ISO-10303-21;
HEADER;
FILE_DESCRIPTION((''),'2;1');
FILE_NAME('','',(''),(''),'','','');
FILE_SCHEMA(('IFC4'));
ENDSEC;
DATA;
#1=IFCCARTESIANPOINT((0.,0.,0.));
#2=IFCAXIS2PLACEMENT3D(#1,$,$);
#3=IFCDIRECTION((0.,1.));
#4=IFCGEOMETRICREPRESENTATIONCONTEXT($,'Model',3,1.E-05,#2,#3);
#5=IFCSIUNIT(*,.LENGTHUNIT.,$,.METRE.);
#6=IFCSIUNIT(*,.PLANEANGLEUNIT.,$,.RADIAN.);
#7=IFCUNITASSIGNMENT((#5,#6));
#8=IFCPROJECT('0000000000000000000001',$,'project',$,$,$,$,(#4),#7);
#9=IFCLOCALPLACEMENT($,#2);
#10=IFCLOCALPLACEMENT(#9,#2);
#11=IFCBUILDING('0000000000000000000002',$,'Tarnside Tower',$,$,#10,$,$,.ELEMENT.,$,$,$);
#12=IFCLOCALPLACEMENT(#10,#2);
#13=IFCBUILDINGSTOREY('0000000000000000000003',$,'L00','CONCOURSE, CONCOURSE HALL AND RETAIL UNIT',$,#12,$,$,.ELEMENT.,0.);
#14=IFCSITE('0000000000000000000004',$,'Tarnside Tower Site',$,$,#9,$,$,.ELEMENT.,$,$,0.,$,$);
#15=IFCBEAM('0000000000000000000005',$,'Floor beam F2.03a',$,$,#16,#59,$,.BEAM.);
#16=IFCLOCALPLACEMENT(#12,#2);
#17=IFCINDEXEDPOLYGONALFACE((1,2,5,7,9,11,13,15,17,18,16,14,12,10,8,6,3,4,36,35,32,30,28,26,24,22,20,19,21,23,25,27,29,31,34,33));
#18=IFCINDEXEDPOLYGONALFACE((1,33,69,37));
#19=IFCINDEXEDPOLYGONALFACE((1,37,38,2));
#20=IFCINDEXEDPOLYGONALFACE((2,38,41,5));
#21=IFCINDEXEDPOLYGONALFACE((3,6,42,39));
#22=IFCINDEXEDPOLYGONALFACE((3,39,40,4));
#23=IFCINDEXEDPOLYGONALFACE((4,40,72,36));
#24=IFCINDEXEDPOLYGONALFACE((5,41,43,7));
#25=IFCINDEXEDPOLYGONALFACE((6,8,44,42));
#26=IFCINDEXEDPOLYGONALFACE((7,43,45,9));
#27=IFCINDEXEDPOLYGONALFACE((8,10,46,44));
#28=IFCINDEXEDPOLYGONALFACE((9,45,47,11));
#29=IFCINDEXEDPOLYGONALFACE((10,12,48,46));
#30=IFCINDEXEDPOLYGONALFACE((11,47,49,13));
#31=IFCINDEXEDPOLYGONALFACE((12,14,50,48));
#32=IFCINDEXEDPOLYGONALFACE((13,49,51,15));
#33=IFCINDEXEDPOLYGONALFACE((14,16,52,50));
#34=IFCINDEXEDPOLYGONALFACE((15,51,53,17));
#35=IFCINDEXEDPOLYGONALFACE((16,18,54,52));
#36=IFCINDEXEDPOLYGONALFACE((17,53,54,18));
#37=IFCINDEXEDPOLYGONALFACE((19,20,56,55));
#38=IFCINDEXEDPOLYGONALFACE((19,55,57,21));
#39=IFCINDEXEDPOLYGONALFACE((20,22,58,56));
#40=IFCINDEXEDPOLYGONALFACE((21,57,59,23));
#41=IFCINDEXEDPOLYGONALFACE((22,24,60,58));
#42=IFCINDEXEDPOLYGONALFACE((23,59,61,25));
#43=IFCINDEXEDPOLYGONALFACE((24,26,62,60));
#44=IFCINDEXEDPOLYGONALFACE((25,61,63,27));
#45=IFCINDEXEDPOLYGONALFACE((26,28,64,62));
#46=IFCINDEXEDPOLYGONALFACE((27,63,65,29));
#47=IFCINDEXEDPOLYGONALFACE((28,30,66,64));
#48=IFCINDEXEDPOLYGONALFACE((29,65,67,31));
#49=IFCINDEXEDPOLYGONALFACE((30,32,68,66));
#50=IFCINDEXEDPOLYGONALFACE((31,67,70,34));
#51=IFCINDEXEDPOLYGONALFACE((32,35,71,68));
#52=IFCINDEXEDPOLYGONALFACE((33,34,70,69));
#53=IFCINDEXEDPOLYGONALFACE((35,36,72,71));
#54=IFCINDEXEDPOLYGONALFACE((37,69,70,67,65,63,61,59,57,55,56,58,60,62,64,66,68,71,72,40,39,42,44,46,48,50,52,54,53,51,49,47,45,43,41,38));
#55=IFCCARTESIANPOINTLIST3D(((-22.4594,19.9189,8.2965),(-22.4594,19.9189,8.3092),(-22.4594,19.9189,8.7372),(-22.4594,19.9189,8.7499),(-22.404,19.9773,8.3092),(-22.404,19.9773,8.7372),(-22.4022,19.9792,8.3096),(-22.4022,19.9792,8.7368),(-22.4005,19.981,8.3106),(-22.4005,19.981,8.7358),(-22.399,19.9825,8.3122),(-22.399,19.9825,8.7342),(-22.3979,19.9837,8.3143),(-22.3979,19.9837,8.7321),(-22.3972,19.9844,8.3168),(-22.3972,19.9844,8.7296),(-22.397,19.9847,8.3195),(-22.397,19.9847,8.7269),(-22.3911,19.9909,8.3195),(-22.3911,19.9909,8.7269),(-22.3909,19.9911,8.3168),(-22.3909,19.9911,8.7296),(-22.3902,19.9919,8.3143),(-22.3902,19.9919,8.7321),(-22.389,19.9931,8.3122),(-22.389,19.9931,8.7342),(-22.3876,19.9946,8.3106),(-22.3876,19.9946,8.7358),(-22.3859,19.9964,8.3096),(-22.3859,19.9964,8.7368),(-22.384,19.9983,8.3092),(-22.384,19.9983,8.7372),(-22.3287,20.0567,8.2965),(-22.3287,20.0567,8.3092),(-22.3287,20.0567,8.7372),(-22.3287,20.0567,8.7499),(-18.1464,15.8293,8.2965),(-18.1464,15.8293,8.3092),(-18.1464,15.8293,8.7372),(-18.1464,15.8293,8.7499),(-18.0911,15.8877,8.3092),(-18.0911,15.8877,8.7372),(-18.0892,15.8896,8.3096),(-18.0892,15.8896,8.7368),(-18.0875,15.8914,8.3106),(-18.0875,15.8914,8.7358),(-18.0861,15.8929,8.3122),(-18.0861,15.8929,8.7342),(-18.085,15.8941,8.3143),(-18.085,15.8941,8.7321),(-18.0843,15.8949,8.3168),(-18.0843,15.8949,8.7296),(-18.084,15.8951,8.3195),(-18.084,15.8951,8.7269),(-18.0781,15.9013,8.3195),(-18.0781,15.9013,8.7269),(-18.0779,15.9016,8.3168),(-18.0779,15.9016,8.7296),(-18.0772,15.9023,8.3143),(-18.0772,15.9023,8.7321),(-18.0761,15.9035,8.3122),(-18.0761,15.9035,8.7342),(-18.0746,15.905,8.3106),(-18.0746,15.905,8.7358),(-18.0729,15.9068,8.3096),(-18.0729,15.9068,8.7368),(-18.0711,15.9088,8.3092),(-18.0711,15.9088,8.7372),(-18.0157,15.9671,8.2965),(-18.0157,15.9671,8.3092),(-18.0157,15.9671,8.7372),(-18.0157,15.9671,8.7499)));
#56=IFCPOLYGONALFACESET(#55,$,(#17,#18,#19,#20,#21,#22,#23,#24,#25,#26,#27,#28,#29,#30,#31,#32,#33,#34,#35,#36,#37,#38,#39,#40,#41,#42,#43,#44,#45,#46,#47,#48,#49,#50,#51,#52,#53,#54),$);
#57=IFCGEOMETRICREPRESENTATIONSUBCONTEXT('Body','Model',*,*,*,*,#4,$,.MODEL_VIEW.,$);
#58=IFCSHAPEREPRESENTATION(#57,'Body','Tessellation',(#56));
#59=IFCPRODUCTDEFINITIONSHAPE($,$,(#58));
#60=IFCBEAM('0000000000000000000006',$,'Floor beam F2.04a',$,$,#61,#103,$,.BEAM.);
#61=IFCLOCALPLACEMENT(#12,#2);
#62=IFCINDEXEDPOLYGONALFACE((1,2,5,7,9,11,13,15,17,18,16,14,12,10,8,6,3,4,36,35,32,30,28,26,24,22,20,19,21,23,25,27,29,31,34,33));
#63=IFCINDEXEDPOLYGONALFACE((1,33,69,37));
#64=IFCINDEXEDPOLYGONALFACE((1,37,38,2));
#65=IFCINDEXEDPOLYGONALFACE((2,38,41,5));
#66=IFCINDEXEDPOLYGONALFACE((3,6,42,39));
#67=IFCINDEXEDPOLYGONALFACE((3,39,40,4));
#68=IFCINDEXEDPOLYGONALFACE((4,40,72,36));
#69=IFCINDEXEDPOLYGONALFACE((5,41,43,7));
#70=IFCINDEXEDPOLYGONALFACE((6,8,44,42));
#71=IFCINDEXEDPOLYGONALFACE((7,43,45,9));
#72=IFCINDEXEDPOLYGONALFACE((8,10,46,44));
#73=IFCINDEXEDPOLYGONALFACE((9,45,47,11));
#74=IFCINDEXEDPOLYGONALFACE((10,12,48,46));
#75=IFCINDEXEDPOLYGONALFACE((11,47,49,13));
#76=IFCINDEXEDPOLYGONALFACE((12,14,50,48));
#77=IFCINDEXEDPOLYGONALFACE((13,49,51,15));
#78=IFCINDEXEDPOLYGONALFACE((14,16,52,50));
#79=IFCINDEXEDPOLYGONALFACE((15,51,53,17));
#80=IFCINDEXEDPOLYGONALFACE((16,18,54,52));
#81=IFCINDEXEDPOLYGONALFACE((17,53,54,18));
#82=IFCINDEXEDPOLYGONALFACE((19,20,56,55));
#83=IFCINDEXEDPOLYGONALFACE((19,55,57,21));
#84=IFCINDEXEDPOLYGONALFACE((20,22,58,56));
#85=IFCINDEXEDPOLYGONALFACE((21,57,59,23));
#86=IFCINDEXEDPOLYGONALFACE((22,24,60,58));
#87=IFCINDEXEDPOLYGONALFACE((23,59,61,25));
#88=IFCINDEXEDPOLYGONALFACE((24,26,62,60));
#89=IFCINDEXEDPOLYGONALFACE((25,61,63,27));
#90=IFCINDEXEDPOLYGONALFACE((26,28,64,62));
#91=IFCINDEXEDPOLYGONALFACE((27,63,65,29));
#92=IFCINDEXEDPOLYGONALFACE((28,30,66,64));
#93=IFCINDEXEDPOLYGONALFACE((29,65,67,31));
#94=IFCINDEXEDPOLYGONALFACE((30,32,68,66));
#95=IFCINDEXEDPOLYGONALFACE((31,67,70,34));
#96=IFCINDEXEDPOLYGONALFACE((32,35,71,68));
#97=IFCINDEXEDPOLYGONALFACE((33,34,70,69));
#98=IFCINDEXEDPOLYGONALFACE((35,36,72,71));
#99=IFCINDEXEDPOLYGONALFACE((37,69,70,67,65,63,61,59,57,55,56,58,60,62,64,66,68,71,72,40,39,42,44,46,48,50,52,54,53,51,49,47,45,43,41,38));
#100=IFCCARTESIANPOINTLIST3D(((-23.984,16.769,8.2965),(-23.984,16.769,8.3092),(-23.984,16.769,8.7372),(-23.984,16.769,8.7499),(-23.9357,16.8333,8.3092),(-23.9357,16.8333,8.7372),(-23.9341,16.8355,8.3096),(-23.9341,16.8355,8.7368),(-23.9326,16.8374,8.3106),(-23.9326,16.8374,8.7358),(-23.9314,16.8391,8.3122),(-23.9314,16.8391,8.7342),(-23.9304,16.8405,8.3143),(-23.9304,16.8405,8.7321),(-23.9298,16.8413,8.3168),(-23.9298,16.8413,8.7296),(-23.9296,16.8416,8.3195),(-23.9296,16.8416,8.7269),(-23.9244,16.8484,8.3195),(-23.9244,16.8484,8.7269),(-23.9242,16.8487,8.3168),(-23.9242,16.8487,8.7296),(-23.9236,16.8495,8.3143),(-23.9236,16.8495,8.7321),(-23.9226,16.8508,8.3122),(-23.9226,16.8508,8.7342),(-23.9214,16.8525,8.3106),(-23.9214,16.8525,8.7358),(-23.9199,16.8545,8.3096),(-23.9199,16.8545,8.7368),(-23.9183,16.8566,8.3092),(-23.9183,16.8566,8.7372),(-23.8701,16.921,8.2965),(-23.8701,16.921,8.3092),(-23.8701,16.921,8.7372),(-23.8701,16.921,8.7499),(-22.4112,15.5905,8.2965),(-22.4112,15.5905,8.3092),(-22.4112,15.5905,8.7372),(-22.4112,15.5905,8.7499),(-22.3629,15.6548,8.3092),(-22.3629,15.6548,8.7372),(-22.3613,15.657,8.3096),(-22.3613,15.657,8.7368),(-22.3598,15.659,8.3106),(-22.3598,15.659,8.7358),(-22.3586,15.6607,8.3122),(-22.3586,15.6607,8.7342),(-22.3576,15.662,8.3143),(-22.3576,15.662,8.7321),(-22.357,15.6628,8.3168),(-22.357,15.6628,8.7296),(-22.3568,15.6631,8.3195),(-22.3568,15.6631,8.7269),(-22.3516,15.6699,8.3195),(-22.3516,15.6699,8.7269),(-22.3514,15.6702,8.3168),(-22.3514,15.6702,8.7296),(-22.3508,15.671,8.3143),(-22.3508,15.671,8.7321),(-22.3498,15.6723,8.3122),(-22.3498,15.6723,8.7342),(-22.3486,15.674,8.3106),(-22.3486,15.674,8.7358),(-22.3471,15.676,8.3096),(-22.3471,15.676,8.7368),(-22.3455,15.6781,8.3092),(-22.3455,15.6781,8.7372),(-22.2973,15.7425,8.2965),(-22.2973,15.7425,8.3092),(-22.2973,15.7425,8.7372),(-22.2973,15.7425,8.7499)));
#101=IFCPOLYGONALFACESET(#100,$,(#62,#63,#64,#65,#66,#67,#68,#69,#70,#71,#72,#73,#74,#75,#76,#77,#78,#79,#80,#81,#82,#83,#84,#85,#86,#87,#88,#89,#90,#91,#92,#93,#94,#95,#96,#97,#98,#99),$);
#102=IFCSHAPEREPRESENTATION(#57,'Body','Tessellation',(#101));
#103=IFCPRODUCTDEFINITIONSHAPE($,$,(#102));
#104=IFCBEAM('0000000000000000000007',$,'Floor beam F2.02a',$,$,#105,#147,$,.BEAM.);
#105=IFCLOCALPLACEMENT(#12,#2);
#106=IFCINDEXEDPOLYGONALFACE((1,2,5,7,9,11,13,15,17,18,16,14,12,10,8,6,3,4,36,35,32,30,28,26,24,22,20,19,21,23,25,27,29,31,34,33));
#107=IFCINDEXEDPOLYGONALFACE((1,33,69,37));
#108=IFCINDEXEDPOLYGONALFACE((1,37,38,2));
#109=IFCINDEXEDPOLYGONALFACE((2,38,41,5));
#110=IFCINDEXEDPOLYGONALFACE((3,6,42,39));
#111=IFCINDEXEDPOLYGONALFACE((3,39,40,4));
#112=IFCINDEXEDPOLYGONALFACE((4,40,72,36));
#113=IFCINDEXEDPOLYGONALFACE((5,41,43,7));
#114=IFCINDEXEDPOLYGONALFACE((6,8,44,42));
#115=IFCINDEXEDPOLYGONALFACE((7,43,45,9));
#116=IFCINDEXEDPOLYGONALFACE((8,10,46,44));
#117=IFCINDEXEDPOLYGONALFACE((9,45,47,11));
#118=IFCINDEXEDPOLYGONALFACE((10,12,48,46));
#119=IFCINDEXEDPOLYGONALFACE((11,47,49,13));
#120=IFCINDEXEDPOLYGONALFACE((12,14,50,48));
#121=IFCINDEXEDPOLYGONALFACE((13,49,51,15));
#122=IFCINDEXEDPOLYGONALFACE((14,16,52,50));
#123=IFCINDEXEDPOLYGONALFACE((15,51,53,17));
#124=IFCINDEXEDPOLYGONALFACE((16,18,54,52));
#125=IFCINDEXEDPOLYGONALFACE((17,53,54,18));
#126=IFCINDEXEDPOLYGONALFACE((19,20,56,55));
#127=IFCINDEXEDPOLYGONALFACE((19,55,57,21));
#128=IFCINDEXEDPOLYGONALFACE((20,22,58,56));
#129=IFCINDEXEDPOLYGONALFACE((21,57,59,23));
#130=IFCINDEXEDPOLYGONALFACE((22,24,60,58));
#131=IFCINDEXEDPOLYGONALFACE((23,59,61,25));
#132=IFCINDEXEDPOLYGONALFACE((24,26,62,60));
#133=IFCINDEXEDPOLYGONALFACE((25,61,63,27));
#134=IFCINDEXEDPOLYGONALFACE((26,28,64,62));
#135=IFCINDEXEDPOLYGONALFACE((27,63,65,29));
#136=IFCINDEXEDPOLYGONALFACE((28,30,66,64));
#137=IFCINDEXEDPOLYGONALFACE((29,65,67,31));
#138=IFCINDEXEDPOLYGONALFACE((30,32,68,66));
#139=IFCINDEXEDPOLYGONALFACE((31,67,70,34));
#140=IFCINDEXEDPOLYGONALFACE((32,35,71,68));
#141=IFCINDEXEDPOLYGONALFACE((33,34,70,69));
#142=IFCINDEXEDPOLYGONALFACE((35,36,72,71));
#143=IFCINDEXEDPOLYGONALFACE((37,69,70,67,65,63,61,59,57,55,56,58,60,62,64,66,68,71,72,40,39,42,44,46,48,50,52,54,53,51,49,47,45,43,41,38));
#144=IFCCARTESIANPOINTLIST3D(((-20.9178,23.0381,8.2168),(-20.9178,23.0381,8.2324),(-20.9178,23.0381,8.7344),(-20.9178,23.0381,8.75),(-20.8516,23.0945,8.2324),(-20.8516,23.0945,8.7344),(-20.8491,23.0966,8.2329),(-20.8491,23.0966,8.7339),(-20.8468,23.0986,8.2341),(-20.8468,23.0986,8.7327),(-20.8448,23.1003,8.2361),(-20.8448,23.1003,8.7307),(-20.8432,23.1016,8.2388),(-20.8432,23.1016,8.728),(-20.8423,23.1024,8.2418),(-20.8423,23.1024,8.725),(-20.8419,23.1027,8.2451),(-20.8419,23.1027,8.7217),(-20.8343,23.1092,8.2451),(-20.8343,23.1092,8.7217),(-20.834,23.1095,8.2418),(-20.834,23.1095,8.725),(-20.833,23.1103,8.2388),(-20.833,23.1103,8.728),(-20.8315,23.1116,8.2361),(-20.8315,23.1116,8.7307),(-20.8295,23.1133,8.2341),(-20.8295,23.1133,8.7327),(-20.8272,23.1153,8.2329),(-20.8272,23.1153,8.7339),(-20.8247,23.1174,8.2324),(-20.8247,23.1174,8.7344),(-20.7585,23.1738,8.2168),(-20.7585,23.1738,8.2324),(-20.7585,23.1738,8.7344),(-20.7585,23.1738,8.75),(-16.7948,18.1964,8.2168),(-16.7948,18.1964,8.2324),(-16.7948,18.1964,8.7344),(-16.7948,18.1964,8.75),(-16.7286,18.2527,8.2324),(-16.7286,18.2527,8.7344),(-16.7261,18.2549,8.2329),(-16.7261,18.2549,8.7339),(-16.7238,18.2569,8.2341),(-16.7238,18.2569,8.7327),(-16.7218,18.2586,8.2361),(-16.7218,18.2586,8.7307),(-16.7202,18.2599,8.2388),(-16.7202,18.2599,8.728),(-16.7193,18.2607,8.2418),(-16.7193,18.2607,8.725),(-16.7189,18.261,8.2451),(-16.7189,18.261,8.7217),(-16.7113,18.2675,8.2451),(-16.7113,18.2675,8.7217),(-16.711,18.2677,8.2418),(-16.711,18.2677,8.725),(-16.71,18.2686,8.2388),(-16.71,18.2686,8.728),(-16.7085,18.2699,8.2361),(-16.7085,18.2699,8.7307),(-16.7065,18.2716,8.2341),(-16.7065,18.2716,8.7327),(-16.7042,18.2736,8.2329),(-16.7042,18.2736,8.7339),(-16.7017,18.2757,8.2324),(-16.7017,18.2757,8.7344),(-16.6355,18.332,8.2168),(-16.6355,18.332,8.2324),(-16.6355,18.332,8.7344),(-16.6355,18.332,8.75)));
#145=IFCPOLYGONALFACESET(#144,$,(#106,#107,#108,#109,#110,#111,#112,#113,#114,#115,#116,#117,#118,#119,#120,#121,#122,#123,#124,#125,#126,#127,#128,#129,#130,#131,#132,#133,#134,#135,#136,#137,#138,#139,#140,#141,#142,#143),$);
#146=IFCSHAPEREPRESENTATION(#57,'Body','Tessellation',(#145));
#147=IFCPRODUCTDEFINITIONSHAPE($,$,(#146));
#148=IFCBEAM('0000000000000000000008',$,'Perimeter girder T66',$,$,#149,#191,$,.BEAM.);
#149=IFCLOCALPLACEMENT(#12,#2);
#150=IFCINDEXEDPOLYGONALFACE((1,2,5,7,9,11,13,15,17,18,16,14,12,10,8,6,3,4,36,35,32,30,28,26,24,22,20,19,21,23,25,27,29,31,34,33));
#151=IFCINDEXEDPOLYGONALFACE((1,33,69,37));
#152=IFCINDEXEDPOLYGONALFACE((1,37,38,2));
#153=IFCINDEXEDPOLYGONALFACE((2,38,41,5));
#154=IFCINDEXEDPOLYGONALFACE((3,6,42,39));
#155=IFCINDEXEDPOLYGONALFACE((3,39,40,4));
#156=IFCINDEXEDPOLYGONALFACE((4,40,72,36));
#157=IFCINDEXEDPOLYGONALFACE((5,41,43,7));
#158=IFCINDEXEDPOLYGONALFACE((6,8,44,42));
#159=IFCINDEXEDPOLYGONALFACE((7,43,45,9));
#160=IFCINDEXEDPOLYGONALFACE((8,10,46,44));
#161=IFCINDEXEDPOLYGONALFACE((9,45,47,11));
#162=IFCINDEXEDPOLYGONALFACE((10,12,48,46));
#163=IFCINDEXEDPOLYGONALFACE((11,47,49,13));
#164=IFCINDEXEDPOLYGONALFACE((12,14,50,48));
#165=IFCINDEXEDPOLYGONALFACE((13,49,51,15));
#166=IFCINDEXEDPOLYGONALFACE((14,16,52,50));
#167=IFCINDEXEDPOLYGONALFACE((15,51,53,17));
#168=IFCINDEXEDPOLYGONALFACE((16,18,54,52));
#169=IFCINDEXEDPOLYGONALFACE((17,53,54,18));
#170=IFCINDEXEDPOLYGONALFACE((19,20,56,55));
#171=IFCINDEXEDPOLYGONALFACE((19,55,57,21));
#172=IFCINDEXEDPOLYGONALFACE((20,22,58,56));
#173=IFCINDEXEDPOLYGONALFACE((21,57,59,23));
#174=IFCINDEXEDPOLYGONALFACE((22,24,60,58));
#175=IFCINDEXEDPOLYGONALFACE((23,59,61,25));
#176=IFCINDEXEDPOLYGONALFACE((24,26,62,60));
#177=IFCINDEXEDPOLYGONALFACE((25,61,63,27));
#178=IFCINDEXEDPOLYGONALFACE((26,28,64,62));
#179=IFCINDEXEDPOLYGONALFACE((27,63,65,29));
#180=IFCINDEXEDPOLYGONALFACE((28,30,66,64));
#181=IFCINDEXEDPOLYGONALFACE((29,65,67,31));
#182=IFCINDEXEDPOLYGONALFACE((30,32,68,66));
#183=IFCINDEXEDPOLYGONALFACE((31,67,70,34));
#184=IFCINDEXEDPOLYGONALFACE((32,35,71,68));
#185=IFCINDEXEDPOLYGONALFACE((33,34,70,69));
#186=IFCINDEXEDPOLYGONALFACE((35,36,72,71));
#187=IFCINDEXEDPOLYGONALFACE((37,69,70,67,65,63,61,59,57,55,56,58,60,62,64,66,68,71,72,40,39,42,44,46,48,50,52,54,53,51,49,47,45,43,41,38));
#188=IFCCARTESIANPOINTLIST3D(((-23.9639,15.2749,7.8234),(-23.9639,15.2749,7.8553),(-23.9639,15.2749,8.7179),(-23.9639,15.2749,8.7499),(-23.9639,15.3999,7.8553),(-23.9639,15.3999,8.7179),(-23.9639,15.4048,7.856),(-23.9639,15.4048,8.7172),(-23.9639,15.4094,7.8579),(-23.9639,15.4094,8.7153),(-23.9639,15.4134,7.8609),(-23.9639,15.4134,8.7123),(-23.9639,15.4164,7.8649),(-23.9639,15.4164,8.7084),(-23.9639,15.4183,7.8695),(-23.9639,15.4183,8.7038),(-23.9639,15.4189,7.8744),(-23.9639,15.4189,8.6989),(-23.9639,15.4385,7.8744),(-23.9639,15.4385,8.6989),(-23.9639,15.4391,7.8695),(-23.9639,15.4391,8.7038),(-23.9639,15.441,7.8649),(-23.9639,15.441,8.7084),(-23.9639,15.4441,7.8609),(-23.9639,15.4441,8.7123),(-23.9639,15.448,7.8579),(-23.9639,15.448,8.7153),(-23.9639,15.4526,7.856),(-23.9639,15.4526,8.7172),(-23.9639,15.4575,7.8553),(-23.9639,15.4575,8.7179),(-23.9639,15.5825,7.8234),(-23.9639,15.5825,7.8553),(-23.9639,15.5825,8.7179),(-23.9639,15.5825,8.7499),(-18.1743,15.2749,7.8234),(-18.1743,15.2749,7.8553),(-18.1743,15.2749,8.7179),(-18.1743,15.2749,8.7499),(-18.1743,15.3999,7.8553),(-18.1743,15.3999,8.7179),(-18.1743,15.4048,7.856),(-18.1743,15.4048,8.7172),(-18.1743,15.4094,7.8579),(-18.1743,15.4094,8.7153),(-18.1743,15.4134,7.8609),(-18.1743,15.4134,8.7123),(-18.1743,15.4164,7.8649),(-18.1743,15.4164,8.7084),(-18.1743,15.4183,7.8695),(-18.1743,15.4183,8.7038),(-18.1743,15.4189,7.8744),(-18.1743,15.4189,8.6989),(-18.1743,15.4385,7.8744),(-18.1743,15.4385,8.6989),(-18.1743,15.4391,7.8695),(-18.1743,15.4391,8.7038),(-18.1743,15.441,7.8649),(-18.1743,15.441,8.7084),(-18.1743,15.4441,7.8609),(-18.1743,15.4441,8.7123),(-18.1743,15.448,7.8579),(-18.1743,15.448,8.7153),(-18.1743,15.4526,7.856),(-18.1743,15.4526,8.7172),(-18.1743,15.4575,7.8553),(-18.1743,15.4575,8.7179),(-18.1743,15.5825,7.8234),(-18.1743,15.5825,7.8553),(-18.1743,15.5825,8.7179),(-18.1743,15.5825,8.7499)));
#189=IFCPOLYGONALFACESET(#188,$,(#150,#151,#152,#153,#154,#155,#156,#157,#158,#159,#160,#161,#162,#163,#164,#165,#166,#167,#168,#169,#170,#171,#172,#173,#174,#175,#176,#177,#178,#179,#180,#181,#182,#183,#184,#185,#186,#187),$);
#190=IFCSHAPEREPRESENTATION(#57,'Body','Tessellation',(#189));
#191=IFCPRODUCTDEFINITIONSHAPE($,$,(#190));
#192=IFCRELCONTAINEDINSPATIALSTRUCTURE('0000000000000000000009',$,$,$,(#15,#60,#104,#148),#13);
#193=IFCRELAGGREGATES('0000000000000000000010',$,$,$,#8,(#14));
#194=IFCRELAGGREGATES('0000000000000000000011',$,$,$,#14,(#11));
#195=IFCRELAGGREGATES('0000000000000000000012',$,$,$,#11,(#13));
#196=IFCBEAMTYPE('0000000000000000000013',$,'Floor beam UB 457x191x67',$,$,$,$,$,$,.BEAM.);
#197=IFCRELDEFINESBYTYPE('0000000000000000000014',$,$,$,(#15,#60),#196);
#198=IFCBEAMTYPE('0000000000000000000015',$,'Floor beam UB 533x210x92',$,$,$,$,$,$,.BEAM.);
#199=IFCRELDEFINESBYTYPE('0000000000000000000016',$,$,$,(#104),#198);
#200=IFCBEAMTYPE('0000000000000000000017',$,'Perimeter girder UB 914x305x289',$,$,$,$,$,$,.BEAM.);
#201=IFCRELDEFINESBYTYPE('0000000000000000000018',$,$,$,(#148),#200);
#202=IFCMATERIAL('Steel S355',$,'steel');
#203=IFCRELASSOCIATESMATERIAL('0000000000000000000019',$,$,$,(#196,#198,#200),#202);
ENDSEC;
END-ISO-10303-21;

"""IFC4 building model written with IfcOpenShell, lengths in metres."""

from ifc_helpers import new_model, si_unit, direction, frame, origin, origin_2d, place, context, subcontext, project, spatial, i_section, extrude, material, material_profile, profile_set, type_object, element, save


model = new_model("IFC4")

# Units and contexts
model_context = context("Model", 3, precision=1e-05, world=origin(), true_north=direction((0.0, 1.0)))
body_context = subcontext(model_context, "Body", "Model", "MODEL_VIEW")
ifc_project = project(units=[si_unit("LENGTHUNIT", "METRE"), si_unit("PLANEANGLEUNIT", "RADIAN")], contexts=[model_context])

# Site, building, storey
site_placement = place(None, origin())
site = spatial("IfcSite", under=ifc_project, at=site_placement, Name="Tarnside Tower Site", CompositionType="ELEMENT", RefElevation=0.0)
building_placement = place(site_placement, origin())
building = spatial("IfcBuilding", under=site, at=building_placement, Name="Tarnside Tower", CompositionType="ELEMENT")
storey_placement = place(building_placement, origin())
storey = spatial("IfcBuildingStorey", under=building, at=storey_placement, Name="L00", Description="CONCOURSE, CONCOURSE HALL AND RETAIL UNIT", CompositionType="ELEMENT", Elevation=0.0)

# Beams
ifc_material_1 = material(Name="Steel S355", Category="steel")
ifc_material_profile_1 = material_profile(ifc_material_1, i_section(OverallWidth=0.1899, OverallDepth=0.4534, WebThickness=0.0085, FlangeThickness=0.0127, FilletRadius=0.0103, at=origin_2d()), Name="UB 457x191x67")
ifc_profile_set_1 = profile_set([ifc_material_profile_1], Name="Steel S355")
beam_type_1 = type_object("IfcBeamType", Name="Floor beam UB 457x191x67", PredefinedType="BEAM", material=ifc_profile_set_1)
beam_1_placement = place(storey_placement, frame((-22.394, 19.9878, 8.5232), z_axis=(0.725649, -0.688065, 0.0), x_axis=(0.688065, 0.725649, 0.0)))
element("IfcBeam", 1, at=beam_1_placement, inside=storey, type_object=beam_type_1, Name="Floor beam F2.03a", PredefinedType="BEAM", context=body_context, shape_type="SweptSolid", body=[
    extrude(i_section(OverallWidth=0.1899, OverallDepth=0.4534, WebThickness=0.0085, FlangeThickness=0.0127, FilletRadius=0.0103, at=origin_2d()), origin(), (0.0, 0.0, 1.0), 5.9436),
])
beam_2_placement = place(storey_placement, frame((-23.927, 16.845, 8.5232), z_axis=(0.800268, -0.599642, 0.0), x_axis=(0.599642, 0.800268, 0.0)))
element("IfcBeam", 2, at=beam_2_placement, inside=storey, type_object=beam_type_1, Name="Floor beam F2.04a", PredefinedType="BEAM", context=body_context, shape_type="SweptSolid", body=[
    extrude(i_section(OverallWidth=0.1899, OverallDepth=0.4534, WebThickness=0.0085, FlangeThickness=0.0127, FilletRadius=0.0103, at=origin_2d()), origin(), (0.0, 0.0, 1.0), 1.9653),
])
ifc_material_profile_2 = material_profile(ifc_material_1, i_section(OverallWidth=0.2092, OverallDepth=0.5332, WebThickness=0.01, FlangeThickness=0.0156, FilletRadius=0.0127, at=origin_2d()), Name="UB 533x210x92")
ifc_profile_set_2 = profile_set([ifc_material_profile_2], Name="Steel S355")
beam_type_2 = type_object("IfcBeamType", Name="Floor beam UB 533x210x92", PredefinedType="BEAM", material=ifc_profile_set_2)
beam_3_placement = place(storey_placement, frame((-20.8381, 23.106, 8.4834), z_axis=(0.648335, -0.761356, 0.0), x_axis=(0.761356, 0.648335, 0.0)))
element("IfcBeam", 3, at=beam_3_placement, inside=storey, type_object=beam_type_2, Name="Floor beam F2.02a", PredefinedType="BEAM", context=body_context, shape_type="SweptSolid", body=[
    extrude(i_section(OverallWidth=0.2092, OverallDepth=0.5332, WebThickness=0.01, FlangeThickness=0.0156, FilletRadius=0.0127, at=origin_2d()), origin(), (0.0, 0.0, 1.0), 6.3594),
])
ifc_material_profile_3 = material_profile(ifc_material_1, i_section(OverallWidth=0.3076, OverallDepth=0.9265, WebThickness=0.0195, FlangeThickness=0.032, FilletRadius=0.019, at=origin_2d()), Name="UB 914x305x289")
ifc_profile_set_3 = profile_set([ifc_material_profile_3], Name="Steel S355")
beam_type_3 = type_object("IfcBeamType", Name="Perimeter girder UB 914x305x289", PredefinedType="BEAM", material=ifc_profile_set_3)
beam_4_placement = place(storey_placement, frame((-23.9639, 15.4287, 8.2866), z_axis=(1.0, 0.0, 0.0), x_axis=(0.0, 1.0, 0.0)))
element("IfcBeam", 4, at=beam_4_placement, inside=storey, type_object=beam_type_3, Name="Perimeter girder T66", PredefinedType="BEAM", context=body_context, shape_type="SweptSolid", body=[
    extrude(i_section(OverallWidth=0.3076, OverallDepth=0.9265, WebThickness=0.0195, FlangeThickness=0.032, FilletRadius=0.019, at=origin_2d()), origin(), (0.0, 0.0, 1.0), 5.7896),
])

save(model, "model.ifc")
